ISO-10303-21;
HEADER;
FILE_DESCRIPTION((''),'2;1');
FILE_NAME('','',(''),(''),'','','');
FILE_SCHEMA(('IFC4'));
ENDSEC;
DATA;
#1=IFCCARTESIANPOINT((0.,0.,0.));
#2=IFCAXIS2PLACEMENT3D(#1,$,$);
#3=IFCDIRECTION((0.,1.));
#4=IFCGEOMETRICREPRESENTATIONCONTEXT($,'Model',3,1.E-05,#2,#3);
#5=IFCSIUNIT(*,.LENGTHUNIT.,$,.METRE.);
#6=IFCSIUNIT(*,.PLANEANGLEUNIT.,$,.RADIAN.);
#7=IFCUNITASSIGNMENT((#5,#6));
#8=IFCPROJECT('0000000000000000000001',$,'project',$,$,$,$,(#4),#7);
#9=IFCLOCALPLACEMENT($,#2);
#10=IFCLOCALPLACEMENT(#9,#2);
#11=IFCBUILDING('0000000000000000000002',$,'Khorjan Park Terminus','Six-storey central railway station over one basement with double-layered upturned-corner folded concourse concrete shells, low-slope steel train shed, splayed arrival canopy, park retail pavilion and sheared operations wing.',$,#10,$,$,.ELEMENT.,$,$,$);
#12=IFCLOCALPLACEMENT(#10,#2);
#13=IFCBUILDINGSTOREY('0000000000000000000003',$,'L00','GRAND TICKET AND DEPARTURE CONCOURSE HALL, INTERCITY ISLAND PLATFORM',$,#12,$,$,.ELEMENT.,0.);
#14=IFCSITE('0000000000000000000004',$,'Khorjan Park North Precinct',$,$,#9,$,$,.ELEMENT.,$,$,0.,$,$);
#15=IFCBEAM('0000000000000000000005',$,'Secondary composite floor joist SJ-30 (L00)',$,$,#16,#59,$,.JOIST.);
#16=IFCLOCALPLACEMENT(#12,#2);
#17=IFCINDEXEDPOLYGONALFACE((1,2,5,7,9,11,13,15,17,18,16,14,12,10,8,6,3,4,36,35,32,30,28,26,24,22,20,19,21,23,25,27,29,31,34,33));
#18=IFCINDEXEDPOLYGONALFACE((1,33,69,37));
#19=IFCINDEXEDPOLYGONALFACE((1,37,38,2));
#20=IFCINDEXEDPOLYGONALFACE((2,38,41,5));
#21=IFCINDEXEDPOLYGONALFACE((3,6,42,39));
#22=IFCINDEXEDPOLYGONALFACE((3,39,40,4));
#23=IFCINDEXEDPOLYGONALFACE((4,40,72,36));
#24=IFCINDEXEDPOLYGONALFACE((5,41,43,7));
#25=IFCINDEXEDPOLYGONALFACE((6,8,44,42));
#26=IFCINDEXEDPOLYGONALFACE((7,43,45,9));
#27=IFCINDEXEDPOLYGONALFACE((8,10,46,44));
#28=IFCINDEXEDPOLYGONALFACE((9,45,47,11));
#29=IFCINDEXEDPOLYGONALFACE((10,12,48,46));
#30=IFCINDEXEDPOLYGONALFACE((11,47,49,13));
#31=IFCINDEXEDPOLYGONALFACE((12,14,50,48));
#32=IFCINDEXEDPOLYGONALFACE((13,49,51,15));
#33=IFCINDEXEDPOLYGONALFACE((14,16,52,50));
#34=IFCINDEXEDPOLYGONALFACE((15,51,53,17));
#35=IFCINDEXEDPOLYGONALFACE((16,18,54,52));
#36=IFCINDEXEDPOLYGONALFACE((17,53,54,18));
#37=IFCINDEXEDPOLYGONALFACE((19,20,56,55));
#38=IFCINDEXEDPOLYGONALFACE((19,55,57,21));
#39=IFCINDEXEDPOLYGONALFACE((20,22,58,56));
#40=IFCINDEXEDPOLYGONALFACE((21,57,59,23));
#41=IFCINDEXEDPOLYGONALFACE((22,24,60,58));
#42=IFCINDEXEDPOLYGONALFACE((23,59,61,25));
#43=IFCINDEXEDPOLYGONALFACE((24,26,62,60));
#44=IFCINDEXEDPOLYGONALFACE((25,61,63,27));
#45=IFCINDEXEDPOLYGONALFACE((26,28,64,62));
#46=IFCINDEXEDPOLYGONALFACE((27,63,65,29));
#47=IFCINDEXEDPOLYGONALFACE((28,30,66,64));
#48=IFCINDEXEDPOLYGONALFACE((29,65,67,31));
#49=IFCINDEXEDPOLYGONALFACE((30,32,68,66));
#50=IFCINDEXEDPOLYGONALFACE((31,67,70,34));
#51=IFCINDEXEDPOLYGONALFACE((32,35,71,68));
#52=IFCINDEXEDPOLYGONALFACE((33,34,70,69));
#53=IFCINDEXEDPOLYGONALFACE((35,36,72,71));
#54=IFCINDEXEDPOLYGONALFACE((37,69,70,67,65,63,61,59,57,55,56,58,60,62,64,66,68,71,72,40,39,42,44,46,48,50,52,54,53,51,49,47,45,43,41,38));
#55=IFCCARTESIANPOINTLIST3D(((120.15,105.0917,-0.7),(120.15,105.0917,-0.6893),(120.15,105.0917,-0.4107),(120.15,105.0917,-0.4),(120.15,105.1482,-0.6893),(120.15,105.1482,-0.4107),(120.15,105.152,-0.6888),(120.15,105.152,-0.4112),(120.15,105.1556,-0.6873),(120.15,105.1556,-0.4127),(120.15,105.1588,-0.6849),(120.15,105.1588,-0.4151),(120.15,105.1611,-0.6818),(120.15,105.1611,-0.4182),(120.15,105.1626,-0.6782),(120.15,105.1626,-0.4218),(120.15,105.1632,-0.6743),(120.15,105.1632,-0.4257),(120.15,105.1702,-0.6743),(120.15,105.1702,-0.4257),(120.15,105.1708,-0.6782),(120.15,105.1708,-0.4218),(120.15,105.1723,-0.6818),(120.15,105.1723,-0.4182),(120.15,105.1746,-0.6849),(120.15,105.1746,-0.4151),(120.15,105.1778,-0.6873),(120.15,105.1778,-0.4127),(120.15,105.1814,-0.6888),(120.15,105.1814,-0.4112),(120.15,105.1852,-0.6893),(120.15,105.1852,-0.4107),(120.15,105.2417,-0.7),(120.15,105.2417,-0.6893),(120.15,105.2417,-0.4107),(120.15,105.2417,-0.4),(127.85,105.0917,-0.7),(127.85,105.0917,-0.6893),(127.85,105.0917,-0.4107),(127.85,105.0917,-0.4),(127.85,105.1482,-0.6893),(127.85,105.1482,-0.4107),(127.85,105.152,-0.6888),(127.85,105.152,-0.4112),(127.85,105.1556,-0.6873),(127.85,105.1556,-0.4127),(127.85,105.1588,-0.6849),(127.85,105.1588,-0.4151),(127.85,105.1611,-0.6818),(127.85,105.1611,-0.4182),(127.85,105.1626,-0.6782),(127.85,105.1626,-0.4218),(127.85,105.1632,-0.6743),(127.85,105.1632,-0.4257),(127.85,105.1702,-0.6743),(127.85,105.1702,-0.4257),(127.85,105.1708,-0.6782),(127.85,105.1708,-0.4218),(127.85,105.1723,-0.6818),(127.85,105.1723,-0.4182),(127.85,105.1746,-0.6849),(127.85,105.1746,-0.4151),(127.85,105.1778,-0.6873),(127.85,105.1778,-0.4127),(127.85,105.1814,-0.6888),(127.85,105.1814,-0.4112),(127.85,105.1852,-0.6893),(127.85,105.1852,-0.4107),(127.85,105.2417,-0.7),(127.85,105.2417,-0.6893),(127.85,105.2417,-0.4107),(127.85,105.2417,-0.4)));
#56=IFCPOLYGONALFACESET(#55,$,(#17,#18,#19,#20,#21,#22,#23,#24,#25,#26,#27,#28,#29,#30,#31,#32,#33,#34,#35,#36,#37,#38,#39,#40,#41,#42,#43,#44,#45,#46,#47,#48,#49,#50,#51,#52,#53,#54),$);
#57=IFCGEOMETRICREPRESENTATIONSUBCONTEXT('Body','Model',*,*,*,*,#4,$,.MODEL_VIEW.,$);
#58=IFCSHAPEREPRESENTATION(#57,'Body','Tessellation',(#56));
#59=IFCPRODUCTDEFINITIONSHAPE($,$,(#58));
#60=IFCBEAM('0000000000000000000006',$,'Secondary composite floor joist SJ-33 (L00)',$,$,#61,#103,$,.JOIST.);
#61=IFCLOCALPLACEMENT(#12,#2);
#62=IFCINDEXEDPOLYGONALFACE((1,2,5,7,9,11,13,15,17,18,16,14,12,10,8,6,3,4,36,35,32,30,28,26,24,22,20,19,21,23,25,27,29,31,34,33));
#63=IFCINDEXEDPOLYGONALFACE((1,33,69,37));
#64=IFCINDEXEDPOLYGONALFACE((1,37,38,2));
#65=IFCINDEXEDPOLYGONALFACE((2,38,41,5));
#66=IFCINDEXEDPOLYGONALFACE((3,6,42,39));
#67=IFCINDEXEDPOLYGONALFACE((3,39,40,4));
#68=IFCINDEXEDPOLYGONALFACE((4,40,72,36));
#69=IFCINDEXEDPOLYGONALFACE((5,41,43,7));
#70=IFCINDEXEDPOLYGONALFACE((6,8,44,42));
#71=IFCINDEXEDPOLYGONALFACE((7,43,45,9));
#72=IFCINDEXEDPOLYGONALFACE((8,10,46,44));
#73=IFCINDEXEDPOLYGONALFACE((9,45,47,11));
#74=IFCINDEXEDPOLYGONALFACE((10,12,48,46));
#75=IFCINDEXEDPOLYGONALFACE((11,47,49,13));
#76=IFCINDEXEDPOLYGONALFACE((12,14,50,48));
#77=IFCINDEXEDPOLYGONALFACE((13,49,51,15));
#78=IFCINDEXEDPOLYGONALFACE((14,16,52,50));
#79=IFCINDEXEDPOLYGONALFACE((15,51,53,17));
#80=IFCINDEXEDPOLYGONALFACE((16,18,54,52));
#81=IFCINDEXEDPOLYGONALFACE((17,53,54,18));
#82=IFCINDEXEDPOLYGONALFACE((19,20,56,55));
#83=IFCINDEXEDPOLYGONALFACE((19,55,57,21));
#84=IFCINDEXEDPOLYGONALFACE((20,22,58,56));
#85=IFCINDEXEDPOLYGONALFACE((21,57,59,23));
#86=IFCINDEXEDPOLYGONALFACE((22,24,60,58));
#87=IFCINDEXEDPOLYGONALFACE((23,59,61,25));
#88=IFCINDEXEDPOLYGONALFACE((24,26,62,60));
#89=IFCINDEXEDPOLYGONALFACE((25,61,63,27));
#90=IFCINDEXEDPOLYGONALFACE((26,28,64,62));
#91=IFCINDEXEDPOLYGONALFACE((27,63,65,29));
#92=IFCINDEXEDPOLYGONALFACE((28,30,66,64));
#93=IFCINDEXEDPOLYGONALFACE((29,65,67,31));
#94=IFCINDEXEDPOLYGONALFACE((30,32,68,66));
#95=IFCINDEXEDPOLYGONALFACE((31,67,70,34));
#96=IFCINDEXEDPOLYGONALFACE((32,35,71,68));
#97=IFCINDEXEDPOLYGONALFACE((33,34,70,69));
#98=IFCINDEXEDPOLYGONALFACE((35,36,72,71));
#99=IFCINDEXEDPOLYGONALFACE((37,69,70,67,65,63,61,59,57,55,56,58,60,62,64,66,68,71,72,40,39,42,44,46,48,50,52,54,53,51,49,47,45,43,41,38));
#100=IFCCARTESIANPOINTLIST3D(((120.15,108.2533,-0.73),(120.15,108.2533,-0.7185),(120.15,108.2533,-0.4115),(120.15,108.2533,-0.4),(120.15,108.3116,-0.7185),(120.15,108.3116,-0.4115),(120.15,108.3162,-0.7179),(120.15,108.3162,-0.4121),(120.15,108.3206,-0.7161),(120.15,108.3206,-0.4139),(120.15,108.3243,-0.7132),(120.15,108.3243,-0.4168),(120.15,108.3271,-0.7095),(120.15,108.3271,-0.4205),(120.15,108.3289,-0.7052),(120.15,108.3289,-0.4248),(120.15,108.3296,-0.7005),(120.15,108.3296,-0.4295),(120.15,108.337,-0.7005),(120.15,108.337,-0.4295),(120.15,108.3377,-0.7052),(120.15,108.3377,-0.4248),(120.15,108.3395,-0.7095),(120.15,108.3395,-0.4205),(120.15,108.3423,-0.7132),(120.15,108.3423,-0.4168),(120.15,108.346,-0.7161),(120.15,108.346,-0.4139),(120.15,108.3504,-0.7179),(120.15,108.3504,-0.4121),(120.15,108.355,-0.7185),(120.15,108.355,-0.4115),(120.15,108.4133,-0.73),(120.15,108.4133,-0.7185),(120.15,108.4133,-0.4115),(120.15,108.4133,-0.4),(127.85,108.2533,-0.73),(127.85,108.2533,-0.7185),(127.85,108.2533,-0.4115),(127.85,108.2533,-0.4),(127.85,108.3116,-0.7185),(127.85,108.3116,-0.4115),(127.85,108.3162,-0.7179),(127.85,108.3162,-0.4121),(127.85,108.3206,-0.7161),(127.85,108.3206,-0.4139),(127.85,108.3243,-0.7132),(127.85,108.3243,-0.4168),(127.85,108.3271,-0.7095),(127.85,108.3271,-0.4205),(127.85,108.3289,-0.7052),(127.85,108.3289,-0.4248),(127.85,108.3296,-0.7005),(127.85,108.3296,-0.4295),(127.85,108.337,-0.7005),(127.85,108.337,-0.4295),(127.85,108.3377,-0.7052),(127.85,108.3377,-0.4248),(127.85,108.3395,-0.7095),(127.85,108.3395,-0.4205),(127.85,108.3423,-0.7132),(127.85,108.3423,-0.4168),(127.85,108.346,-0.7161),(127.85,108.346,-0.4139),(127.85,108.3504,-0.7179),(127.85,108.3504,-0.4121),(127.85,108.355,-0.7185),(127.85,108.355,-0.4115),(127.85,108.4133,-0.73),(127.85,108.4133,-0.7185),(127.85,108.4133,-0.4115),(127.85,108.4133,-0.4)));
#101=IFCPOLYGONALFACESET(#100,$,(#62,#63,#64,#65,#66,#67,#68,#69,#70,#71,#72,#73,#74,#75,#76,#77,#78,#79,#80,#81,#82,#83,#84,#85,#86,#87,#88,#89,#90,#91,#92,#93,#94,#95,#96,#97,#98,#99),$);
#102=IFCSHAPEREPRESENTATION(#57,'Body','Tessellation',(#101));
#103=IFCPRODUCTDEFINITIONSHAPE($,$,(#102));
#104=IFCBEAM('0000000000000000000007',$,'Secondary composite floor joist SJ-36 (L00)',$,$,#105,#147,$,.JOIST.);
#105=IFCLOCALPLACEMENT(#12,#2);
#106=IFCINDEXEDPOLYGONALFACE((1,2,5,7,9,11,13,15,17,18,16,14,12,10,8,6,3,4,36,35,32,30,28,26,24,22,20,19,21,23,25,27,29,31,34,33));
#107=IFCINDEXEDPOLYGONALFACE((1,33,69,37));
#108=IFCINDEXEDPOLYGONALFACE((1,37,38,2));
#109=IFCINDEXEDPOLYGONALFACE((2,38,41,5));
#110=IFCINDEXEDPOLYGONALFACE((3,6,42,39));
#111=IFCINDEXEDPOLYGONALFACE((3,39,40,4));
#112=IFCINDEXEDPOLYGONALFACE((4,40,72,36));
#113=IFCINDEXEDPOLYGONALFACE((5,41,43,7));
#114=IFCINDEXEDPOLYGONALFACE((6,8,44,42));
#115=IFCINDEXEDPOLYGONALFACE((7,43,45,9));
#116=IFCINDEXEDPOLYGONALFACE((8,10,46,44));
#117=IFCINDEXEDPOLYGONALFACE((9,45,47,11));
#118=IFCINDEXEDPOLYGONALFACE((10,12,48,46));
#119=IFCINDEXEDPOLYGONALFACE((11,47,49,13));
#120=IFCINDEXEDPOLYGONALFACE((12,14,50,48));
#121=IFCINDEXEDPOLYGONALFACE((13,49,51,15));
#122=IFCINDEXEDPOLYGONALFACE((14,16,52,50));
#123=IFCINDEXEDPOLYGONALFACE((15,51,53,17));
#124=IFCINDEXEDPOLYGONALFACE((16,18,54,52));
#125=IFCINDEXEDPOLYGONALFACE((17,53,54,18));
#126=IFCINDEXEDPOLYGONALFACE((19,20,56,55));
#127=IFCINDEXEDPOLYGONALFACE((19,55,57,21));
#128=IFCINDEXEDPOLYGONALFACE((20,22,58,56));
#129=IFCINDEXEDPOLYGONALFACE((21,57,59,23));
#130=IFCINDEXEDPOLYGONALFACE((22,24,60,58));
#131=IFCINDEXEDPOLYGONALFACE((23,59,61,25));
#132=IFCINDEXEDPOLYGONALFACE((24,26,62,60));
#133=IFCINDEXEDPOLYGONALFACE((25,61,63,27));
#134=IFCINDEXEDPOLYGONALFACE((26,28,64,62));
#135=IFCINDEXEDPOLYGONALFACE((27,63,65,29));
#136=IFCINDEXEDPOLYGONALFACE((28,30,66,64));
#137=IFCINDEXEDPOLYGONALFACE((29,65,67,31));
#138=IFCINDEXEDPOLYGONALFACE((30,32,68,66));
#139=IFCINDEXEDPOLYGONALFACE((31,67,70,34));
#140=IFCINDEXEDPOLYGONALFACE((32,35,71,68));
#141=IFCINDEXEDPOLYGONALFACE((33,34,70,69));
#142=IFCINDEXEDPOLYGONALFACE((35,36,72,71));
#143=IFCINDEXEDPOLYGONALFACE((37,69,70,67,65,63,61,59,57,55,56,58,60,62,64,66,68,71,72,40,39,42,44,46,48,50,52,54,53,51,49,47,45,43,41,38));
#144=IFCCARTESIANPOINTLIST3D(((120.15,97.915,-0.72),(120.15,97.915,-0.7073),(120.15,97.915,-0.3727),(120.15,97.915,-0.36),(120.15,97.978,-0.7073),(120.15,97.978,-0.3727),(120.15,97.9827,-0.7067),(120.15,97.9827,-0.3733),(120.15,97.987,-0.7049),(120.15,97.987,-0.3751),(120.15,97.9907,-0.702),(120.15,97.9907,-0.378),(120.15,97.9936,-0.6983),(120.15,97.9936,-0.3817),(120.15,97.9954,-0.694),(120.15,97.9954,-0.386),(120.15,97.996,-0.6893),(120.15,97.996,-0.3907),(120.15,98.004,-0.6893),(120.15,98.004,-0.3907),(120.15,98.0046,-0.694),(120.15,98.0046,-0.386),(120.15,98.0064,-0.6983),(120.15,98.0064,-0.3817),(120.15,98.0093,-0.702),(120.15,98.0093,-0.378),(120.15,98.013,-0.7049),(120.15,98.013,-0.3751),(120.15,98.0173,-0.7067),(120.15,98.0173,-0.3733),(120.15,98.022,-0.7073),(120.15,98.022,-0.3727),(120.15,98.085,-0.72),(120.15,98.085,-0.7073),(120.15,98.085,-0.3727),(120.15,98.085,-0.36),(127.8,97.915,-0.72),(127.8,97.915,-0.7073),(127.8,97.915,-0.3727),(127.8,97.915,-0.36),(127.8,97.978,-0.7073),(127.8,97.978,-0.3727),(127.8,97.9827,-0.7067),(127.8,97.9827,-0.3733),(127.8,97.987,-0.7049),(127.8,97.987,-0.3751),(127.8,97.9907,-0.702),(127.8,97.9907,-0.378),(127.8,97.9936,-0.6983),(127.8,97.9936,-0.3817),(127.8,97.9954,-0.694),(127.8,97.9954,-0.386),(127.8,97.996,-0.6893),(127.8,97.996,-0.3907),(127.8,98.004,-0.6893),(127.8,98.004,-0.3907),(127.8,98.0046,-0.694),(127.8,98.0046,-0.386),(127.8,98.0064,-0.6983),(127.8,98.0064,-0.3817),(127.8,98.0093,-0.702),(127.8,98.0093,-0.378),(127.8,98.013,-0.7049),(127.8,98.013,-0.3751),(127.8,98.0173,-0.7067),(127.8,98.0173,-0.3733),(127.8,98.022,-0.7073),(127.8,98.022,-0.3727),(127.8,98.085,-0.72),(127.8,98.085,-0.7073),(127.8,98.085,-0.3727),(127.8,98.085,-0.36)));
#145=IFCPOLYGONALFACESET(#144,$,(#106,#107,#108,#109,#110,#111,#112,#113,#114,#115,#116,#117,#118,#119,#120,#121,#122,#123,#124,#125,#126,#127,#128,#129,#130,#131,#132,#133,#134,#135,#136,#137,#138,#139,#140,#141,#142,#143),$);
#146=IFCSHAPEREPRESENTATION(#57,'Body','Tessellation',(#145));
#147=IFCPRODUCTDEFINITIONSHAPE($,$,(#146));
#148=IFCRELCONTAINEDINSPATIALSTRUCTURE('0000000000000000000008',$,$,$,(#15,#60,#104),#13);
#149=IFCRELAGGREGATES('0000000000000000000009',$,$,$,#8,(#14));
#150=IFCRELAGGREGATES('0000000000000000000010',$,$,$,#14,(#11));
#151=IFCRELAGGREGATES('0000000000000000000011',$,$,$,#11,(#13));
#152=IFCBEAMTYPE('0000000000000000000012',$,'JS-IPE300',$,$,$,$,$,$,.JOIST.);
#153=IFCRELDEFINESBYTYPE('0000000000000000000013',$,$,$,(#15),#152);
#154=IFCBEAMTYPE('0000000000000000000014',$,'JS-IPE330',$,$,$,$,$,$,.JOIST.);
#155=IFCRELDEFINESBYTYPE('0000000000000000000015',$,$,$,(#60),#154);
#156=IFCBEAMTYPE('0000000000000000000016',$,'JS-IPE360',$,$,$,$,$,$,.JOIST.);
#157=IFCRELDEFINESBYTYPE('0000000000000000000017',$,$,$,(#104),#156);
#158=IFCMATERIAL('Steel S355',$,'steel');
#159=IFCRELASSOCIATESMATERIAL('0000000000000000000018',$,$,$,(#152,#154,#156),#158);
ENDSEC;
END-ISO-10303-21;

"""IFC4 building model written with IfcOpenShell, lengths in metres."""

from ifc_helpers import new_model, si_unit, direction, frame, origin, origin_2d, place, context, subcontext, project, spatial, i_section, extrude, material, material_profile, profile_set, type_object, element, save


model = new_model("IFC4")

# Units and contexts
model_context = context("Model", 3, precision=1e-05, world=origin(), true_north=direction((0.0, 1.0)))
body_context = subcontext(model_context, "Body", "Model", "MODEL_VIEW")
ifc_project = project(units=[si_unit("LENGTHUNIT", "METRE"), si_unit("PLANEANGLEUNIT", "RADIAN")], contexts=[model_context])

# Site, building, storey
site_placement = place(None, origin())
site = spatial("IfcSite", under=ifc_project, at=site_placement, Name="Khorjan Park North Precinct", CompositionType="ELEMENT", RefElevation=0.0)
building_placement = place(site_placement, origin())
building = spatial("IfcBuilding", under=site, at=building_placement, Name="Khorjan Park Terminus", Description="Six-storey central railway station over one basement with double-layered upturned-corner folded concourse concrete shells, low-slope steel train shed, splayed arrival canopy, park retail pavilion and sheared operations wing.", CompositionType="ELEMENT")
storey_placement = place(building_placement, origin())
storey = spatial("IfcBuildingStorey", under=building, at=storey_placement, Name="L00", Description="GRAND TICKET AND DEPARTURE CONCOURSE HALL, INTERCITY ISLAND PLATFORM", CompositionType="ELEMENT", Elevation=0.0)

# Shared definitions
ifc_material_1 = material(Name="Steel S355", Category="steel")

# Beams
ifc_material_profile_1 = material_profile(ifc_material_1, i_section(OverallWidth=0.15, OverallDepth=0.3, WebThickness=0.0071, FlangeThickness=0.0107, FilletRadius=0.015, at=origin_2d()), Name="IPE 300")
ifc_profile_set_1 = profile_set([ifc_material_profile_1], Name="Steel S355")
beam_type_1 = type_object("IfcBeamType", Name="JS-IPE300", PredefinedType="JOIST", material=ifc_profile_set_1)
beam_1_placement = place(storey_placement, frame((120.15, 105.1667, -0.55), z_axis=(1.0, 0.0, 0.0), x_axis=(0.0, 1.0, 0.0)))
element("IfcBeam", 1, at=beam_1_placement, inside=storey, type_object=beam_type_1, Name="Secondary composite floor joist SJ-30 (L00)", PredefinedType="JOIST", context=body_context, shape_type="SweptSolid", body=[
    extrude(i_section(OverallWidth=0.15, OverallDepth=0.3, WebThickness=0.0071, FlangeThickness=0.0107, FilletRadius=0.015, at=origin_2d()), origin(), (0.0, 0.0, 1.0), 7.7),
])
ifc_material_profile_2 = material_profile(ifc_material_1, i_section(OverallWidth=0.16, OverallDepth=0.33, WebThickness=0.0075, FlangeThickness=0.0115, FilletRadius=0.018, at=origin_2d()), Name="IPE 330")
ifc_profile_set_2 = profile_set([ifc_material_profile_2], Name="Steel S355")
beam_type_2 = type_object("IfcBeamType", Name="JS-IPE330", PredefinedType="JOIST", material=ifc_profile_set_2)
beam_2_placement = place(storey_placement, frame((120.15, 108.3333, -0.565), z_axis=(1.0, 0.0, 0.0), x_axis=(0.0, 1.0, 0.0)))
element("IfcBeam", 2, at=beam_2_placement, inside=storey, type_object=beam_type_2, Name="Secondary composite floor joist SJ-33 (L00)", PredefinedType="JOIST", context=body_context, shape_type="SweptSolid", body=[
    extrude(i_section(OverallWidth=0.16, OverallDepth=0.33, WebThickness=0.0075, FlangeThickness=0.0115, FilletRadius=0.018, at=origin_2d()), origin(), (0.0, 0.0, 1.0), 7.7),
])
ifc_material_profile_3 = material_profile(ifc_material_1, i_section(OverallWidth=0.17, OverallDepth=0.36, WebThickness=0.008, FlangeThickness=0.0127, FilletRadius=0.018, at=origin_2d()), Name="IPE 360")
ifc_profile_set_3 = profile_set([ifc_material_profile_3], Name="Steel S355")
beam_type_3 = type_object("IfcBeamType", Name="JS-IPE360", PredefinedType="JOIST", material=ifc_profile_set_3)
beam_3_placement = place(storey_placement, frame((120.15, 98.0, -0.54), z_axis=(1.0, 0.0, 0.0), x_axis=(0.0, 1.0, 0.0)))
element("IfcBeam", 3, at=beam_3_placement, inside=storey, type_object=beam_type_3, Name="Secondary composite floor joist SJ-36 (L00)", PredefinedType="JOIST", context=body_context, shape_type="SweptSolid", body=[
    extrude(i_section(OverallWidth=0.17, OverallDepth=0.36, WebThickness=0.008, FlangeThickness=0.0127, FilletRadius=0.018, at=origin_2d()), origin(), (0.0, 0.0, 1.0), 7.65),
])

save(model, "model.ifc")
